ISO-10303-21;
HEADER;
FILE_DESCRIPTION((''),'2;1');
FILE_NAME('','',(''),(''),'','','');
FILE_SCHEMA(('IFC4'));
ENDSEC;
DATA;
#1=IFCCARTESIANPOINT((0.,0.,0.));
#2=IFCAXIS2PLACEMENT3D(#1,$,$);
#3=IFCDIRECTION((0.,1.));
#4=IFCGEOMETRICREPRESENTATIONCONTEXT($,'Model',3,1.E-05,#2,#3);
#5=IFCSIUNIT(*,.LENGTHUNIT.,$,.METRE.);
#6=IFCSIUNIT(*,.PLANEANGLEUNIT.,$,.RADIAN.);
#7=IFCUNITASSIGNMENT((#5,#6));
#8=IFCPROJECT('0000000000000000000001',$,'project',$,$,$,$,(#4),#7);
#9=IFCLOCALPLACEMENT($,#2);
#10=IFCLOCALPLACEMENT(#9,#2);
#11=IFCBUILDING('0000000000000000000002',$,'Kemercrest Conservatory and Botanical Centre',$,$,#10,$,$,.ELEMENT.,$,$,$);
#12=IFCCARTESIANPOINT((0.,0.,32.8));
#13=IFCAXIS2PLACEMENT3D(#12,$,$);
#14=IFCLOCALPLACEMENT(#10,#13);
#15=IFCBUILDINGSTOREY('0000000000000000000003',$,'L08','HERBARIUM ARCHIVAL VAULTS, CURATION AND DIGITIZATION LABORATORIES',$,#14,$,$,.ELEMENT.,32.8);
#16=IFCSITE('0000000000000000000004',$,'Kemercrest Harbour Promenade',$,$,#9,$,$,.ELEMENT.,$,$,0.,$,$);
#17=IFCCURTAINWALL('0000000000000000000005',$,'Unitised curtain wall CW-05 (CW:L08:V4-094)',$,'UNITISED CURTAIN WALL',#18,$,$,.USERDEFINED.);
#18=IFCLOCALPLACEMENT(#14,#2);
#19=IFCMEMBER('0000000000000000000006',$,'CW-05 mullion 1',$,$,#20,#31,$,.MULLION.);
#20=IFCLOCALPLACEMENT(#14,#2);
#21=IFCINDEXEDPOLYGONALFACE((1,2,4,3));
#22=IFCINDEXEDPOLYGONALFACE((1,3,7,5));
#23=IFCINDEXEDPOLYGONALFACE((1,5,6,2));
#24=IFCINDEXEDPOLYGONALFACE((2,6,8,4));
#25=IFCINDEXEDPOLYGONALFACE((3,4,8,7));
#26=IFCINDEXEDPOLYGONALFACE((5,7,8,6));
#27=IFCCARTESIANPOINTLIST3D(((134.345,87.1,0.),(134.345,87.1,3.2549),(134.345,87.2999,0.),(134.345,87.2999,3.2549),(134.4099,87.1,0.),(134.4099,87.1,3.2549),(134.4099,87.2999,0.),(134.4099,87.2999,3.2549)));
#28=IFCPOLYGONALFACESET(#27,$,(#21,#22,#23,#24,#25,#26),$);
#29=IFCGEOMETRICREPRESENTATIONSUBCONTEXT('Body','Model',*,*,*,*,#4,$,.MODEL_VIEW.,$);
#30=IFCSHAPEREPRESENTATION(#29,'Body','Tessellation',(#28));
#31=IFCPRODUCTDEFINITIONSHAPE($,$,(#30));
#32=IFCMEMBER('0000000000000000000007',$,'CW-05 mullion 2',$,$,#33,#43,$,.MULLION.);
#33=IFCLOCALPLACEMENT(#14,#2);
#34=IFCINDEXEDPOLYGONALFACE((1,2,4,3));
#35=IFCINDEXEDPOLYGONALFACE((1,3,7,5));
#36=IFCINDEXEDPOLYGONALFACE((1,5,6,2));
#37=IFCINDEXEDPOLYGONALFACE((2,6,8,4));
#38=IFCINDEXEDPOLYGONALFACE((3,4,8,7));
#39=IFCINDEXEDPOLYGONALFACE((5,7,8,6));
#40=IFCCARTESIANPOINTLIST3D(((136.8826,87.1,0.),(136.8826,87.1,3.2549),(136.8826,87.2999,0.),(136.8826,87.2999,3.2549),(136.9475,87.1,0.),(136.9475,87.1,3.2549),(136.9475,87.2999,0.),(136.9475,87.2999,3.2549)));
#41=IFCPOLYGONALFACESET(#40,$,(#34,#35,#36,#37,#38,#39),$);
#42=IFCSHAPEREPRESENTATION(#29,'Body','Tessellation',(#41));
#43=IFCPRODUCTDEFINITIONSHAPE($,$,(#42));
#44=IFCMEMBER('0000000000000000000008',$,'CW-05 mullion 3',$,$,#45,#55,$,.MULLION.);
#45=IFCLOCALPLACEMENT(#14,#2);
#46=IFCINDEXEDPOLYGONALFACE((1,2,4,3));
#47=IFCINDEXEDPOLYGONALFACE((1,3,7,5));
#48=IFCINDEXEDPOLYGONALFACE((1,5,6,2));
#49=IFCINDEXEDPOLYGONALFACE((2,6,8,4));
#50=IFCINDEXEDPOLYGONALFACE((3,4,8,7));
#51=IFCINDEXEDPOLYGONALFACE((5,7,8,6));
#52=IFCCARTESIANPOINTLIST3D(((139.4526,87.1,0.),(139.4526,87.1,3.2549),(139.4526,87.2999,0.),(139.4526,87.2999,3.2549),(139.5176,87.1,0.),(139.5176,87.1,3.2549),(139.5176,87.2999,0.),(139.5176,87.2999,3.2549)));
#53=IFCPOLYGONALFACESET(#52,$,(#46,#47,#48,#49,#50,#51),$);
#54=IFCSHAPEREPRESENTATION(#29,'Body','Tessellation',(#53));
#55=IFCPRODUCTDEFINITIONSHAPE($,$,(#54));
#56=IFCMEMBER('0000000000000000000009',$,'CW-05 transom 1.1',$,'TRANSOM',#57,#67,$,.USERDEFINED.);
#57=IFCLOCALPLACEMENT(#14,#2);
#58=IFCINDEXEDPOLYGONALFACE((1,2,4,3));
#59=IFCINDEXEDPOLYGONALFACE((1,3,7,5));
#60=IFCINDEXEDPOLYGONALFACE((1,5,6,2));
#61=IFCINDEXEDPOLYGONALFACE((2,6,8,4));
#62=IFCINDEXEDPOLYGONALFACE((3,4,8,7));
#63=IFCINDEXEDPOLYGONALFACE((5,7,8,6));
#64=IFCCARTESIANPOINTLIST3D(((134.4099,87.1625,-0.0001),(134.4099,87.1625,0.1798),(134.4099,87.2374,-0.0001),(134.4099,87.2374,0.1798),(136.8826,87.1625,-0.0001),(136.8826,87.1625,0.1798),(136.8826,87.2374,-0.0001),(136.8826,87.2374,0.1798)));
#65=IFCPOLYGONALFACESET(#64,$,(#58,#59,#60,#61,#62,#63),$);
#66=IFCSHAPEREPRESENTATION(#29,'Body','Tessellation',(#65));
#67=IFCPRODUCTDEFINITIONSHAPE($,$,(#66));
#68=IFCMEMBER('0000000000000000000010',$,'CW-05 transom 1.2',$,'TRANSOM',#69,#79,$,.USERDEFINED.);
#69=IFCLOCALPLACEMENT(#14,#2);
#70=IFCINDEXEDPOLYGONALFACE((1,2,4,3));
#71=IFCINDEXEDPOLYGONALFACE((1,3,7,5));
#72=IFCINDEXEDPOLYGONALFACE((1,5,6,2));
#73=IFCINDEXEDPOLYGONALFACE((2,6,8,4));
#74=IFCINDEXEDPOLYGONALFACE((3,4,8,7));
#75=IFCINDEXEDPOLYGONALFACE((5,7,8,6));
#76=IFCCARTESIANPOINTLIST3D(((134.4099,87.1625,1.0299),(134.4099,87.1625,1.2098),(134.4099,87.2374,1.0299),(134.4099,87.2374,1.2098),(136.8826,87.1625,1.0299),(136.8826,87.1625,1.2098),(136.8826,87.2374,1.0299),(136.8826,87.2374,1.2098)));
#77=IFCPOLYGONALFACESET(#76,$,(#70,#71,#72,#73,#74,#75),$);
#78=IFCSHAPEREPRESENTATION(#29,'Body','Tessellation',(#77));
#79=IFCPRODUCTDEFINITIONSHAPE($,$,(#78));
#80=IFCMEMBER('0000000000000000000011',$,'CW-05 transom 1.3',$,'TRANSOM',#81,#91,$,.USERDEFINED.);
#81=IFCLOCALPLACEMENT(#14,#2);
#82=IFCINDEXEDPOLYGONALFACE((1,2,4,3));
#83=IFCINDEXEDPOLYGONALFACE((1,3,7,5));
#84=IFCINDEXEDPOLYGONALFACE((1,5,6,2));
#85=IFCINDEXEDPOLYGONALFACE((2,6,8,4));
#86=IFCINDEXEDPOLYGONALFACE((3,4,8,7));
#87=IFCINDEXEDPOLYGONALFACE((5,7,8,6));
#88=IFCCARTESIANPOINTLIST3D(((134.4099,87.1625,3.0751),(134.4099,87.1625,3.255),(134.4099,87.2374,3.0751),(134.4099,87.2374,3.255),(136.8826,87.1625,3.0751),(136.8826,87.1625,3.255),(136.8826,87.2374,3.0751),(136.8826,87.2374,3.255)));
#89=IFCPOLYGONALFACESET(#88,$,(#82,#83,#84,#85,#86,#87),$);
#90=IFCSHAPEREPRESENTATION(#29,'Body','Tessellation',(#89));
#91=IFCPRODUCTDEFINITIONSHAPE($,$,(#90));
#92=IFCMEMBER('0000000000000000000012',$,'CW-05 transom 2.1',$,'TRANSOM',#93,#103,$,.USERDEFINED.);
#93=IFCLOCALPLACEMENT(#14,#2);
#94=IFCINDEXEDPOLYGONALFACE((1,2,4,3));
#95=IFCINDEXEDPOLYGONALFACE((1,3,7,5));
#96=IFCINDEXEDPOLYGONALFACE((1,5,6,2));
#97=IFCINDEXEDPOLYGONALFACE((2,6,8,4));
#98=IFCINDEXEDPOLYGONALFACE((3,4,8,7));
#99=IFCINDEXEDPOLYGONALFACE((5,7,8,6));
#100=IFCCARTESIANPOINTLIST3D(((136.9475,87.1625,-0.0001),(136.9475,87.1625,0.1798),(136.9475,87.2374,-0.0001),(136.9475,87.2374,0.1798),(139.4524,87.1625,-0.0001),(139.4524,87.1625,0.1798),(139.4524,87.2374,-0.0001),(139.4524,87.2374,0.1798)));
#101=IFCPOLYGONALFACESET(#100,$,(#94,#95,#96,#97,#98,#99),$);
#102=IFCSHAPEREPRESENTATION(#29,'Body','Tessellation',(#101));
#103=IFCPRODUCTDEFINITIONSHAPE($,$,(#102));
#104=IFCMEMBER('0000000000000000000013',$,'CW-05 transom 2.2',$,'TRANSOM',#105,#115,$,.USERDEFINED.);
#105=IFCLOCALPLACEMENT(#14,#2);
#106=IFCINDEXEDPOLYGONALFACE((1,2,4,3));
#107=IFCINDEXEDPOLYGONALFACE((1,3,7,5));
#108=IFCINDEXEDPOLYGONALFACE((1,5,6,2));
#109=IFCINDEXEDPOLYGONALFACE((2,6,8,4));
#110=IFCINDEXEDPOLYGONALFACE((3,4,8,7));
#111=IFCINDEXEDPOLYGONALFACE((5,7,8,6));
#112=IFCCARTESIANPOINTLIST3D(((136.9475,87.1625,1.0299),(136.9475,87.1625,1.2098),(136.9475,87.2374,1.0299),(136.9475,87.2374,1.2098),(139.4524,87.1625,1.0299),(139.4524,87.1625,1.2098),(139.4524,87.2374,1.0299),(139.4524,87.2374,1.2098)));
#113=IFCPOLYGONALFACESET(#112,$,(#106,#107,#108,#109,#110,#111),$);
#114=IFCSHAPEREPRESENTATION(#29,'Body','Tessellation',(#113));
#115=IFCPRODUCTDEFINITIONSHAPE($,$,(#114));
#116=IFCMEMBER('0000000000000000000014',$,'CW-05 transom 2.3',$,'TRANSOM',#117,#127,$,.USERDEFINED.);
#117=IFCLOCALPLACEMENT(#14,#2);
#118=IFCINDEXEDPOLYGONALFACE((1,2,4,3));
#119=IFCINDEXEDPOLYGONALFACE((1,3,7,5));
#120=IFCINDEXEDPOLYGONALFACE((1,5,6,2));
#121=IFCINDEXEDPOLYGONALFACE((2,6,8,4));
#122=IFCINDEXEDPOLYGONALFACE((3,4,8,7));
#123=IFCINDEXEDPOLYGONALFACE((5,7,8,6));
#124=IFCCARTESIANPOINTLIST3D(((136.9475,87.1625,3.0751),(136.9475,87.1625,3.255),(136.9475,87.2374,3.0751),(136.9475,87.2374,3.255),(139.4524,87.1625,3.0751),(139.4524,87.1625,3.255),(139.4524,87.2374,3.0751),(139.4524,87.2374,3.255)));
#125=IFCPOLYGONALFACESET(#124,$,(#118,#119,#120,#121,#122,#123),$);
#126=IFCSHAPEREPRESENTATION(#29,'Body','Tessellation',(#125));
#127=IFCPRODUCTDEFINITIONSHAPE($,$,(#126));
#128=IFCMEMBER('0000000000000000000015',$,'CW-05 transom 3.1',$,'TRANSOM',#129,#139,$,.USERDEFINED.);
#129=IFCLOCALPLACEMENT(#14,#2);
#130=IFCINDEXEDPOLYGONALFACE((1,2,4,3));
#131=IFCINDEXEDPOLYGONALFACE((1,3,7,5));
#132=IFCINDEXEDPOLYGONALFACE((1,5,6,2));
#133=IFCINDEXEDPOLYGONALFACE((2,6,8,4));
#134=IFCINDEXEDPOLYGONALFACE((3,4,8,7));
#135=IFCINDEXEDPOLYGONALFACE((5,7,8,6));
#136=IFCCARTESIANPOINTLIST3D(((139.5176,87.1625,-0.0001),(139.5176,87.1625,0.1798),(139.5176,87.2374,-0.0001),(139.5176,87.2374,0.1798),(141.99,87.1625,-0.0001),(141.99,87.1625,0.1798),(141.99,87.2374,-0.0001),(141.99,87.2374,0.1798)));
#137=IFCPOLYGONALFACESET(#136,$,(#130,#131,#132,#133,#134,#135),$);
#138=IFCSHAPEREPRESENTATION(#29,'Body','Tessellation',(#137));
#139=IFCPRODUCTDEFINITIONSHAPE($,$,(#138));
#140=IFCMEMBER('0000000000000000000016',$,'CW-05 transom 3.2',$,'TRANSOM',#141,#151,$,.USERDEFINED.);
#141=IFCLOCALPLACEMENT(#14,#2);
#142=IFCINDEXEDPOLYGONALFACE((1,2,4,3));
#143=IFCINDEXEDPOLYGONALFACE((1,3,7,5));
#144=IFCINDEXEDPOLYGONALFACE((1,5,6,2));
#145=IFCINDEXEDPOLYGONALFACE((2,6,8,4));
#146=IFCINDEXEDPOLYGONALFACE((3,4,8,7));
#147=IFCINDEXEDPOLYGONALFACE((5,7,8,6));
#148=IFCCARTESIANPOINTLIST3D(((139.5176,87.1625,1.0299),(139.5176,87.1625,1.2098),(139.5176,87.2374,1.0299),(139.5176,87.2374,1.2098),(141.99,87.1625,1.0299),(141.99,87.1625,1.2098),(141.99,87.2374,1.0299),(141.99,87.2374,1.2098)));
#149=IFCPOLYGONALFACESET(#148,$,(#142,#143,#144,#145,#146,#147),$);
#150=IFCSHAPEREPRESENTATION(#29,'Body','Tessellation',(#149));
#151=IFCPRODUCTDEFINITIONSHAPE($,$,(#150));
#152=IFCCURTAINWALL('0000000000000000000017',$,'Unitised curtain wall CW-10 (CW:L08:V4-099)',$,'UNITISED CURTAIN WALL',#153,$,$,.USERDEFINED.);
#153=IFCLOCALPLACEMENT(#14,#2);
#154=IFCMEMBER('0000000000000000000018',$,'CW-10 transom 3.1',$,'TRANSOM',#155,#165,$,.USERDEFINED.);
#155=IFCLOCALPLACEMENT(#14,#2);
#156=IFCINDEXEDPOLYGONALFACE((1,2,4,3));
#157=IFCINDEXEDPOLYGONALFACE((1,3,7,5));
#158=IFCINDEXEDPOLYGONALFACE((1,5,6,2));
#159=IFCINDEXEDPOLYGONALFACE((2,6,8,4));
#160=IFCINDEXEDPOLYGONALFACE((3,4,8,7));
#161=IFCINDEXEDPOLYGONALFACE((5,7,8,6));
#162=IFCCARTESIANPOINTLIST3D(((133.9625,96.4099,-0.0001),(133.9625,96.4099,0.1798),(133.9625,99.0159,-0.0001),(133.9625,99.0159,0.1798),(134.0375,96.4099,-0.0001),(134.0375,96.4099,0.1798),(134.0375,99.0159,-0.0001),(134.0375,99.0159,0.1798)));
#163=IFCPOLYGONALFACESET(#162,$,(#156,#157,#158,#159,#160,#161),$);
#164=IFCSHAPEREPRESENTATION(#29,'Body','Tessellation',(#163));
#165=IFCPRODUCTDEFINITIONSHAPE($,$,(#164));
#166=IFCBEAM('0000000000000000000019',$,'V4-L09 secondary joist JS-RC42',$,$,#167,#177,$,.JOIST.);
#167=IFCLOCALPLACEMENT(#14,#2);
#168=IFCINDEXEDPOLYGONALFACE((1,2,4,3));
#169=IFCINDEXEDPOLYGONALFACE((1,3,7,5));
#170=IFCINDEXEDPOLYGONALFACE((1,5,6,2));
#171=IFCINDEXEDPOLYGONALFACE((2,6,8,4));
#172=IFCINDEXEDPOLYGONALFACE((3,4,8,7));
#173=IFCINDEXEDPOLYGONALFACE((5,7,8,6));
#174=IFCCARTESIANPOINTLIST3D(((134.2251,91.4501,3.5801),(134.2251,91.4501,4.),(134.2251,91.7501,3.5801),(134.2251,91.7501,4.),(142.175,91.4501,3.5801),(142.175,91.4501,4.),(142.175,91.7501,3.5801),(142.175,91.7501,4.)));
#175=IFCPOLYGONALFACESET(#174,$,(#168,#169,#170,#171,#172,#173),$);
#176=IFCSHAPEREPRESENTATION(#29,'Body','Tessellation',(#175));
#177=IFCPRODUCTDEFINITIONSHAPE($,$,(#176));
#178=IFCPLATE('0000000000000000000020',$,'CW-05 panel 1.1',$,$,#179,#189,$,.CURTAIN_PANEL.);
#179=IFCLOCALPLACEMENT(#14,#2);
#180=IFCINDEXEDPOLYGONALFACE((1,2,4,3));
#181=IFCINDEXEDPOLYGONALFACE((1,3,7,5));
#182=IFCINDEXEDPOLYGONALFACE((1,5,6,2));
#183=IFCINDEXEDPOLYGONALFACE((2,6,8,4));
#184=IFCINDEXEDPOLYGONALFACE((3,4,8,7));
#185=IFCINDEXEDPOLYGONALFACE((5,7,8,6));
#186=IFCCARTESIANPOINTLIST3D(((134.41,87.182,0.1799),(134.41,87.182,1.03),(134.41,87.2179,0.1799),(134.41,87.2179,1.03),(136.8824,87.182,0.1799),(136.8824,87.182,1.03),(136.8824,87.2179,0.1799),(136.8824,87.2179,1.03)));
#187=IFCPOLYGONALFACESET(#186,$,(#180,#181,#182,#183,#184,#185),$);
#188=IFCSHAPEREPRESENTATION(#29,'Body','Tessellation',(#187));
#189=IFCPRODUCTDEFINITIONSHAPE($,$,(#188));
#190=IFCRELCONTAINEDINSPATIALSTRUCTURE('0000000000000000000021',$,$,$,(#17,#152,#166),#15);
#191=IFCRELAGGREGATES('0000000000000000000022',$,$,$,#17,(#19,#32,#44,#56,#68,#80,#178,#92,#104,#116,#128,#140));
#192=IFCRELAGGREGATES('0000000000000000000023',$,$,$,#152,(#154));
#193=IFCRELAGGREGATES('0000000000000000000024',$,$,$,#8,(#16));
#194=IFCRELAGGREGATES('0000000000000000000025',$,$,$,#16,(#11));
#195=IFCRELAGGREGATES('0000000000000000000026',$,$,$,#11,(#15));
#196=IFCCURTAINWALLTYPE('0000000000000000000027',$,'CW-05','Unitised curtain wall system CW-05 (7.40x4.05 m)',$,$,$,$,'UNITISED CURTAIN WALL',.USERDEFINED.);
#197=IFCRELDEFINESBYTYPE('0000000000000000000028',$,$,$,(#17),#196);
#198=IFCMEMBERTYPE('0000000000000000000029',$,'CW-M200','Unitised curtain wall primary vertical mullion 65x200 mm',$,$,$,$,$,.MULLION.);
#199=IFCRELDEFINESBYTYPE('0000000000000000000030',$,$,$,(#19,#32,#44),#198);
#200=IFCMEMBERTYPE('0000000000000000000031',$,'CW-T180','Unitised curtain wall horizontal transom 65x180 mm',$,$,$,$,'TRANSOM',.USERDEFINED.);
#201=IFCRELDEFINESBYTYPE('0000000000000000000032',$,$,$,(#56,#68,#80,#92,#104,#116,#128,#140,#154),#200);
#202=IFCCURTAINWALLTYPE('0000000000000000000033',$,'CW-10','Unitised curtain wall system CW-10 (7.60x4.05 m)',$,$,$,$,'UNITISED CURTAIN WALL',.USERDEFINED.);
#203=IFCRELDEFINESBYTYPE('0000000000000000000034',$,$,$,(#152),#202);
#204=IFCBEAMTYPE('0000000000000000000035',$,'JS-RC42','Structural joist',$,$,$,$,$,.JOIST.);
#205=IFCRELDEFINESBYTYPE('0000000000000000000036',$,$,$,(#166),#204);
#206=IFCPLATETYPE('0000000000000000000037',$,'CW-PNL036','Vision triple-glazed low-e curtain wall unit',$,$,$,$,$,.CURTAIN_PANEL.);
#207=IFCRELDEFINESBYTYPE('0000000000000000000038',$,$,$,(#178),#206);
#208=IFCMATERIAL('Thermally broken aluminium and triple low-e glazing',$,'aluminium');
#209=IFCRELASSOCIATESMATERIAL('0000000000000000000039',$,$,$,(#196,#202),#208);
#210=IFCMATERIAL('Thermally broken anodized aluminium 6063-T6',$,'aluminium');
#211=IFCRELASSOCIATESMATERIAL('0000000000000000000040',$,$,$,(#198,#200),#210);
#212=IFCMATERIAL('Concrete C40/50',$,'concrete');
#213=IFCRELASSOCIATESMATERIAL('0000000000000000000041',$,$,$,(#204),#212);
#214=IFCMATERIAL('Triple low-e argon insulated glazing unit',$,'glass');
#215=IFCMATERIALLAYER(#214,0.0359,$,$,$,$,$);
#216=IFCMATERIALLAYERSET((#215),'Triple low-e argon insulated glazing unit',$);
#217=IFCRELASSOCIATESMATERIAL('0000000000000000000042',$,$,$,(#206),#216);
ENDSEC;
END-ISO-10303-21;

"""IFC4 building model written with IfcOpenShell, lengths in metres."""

from ifc_helpers import new_model, si_unit, direction, frame, origin, origin_2d, place, context, subcontext, project, spatial, rectangle, extrude, material, layer, layer_set, material_profile, profile_set, type_object, element, aggregate, save


model = new_model("IFC4")

# Units and contexts
model_context = context("Model", 3, precision=1e-05, world=origin(), true_north=direction((0.0, 1.0)))
body_context = subcontext(model_context, "Body", "Model", "MODEL_VIEW")
ifc_project = project(units=[si_unit("LENGTHUNIT", "METRE"), si_unit("PLANEANGLEUNIT", "RADIAN")], contexts=[model_context])

# Site, building, storey
site_placement = place(None, origin())
site = spatial("IfcSite", under=ifc_project, at=site_placement, Name="Kemercrest Harbour Promenade", CompositionType="ELEMENT", RefElevation=0.0)
building_placement = place(site_placement, origin())
building = spatial("IfcBuilding", under=site, at=building_placement, Name="Kemercrest Conservatory and Botanical Centre", CompositionType="ELEMENT")
storey_placement = place(building_placement, frame((0.0, 0.0, 32.8)))
storey = spatial("IfcBuildingStorey", under=building, at=storey_placement, Name="L08", Description="HERBARIUM ARCHIVAL VAULTS, CURATION AND DIGITIZATION LABORATORIES", CompositionType="ELEMENT", Elevation=32.8)

# Curtain wall, members
ifc_material_1 = material(Name="Thermally broken aluminium and triple low-e glazing", Category="aluminium")
curtain_wall_type_1 = type_object("IfcCurtainWallType", Name="CW-05", Description="Unitised curtain wall system CW-05 (7.40x4.05 m)", ElementType="UNITISED CURTAIN WALL", PredefinedType="USERDEFINED", material=ifc_material_1)
curtain_wall_1_placement = place(storey_placement, origin())
curtain_wall_1 = element("IfcCurtainWall", 1, at=curtain_wall_1_placement, inside=storey, type_object=curtain_wall_type_1, Name="Unitised curtain wall CW-05 (CW:L08:V4-094)", ObjectType="UNITISED CURTAIN WALL", PredefinedType="USERDEFINED")
ifc_material_2 = material(Name="Thermally broken anodized aluminium 6063-T6", Category="aluminium")
ifc_material_profile_1 = material_profile(ifc_material_2, rectangle(XDim=0.2, YDim=0.0649, at=origin_2d()), Name="AL MULLION 65x200")
ifc_profile_set_1 = profile_set([ifc_material_profile_1], Name="Thermally broken anodized aluminium 6063-T6")
member_type_1 = type_object("IfcMemberType", Name="CW-M200", Description="Unitised curtain wall primary vertical mullion 65x200 mm", PredefinedType="MULLION", material=ifc_profile_set_1)
member_1_placement = place(storey_placement, frame((134.3774, 87.2, 0.0), z_axis=(0.0, 0.0, 1.0), x_axis=(0.0, 1.0, 0.0)))
member_1 = element("IfcMember", 2, at=member_1_placement, type_object=member_type_1, Name="CW-05 mullion 1", PredefinedType="MULLION", context=body_context, shape_type="SweptSolid", body=[
    extrude(rectangle(XDim=0.2, YDim=0.0649, at=origin_2d()), origin(), (0.0, 0.0, 1.0), 3.2549),
])
member_2_placement = place(storey_placement, frame((136.915, 87.2, 0.0), z_axis=(0.0, 0.0, 1.0), x_axis=(0.0, 1.0, 0.0)))
member_2 = element("IfcMember", 3, at=member_2_placement, type_object=member_type_1, Name="CW-05 mullion 2", PredefinedType="MULLION", context=body_context, shape_type="SweptSolid", body=[
    extrude(rectangle(XDim=0.2, YDim=0.0649, at=origin_2d()), origin(), (0.0, 0.0, 1.0), 3.2549),
])
member_3_placement = place(storey_placement, frame((139.4851, 87.2, 0.0), z_axis=(0.0, 0.0, 1.0), x_axis=(0.0, 1.0, 0.0)))
member_3 = element("IfcMember", 4, at=member_3_placement, type_object=member_type_1, Name="CW-05 mullion 3", PredefinedType="MULLION", context=body_context, shape_type="SweptSolid", body=[
    extrude(rectangle(XDim=0.2, YDim=0.0649, at=origin_2d()), origin(), (0.0, 0.0, 1.0), 3.2549),
])
ifc_material_profile_2 = material_profile(ifc_material_2, rectangle(XDim=0.075, YDim=0.1799, at=origin_2d()), Name="AL TRANSOM 75x180")
ifc_profile_set_2 = profile_set([ifc_material_profile_2], Name="Thermally broken anodized aluminium 6063-T6")
member_type_2 = type_object("IfcMemberType", Name="CW-T180", Description="Unitised curtain wall horizontal transom 65x180 mm", ElementType="TRANSOM", PredefinedType="USERDEFINED", material=ifc_profile_set_2)
member_4_placement = place(storey_placement, frame((134.4099, 87.2, 0.0898), z_axis=(1.0, 0.0, 0.0), x_axis=(0.0, 1.0, 0.0)))
member_4 = element("IfcMember", 5, at=member_4_placement, type_object=member_type_2, Name="CW-05 transom 1.1", ObjectType="TRANSOM", PredefinedType="USERDEFINED", context=body_context, shape_type="SweptSolid", body=[
    extrude(rectangle(XDim=0.075, YDim=0.1799, at=origin_2d()), origin(), (0.0, 0.0, 1.0), 2.4727),
])
member_5_placement = place(storey_placement, frame((134.4099, 87.2, 1.1199), z_axis=(1.0, 0.0, 0.0), x_axis=(0.0, 1.0, 0.0)))
member_5 = element("IfcMember", 6, at=member_5_placement, type_object=member_type_2, Name="CW-05 transom 1.2", ObjectType="TRANSOM", PredefinedType="USERDEFINED", context=body_context, shape_type="SweptSolid", body=[
    extrude(rectangle(XDim=0.075, YDim=0.1799, at=origin_2d()), origin(), (0.0, 0.0, 1.0), 2.4727),
])
member_6_placement = place(storey_placement, frame((134.4099, 87.2, 3.165), z_axis=(1.0, 0.0, 0.0), x_axis=(0.0, 1.0, 0.0)))
member_6 = element("IfcMember", 7, at=member_6_placement, type_object=member_type_2, Name="CW-05 transom 1.3", ObjectType="TRANSOM", PredefinedType="USERDEFINED", context=body_context, shape_type="SweptSolid", body=[
    extrude(rectangle(XDim=0.075, YDim=0.1799, at=origin_2d()), origin(), (0.0, 0.0, 1.0), 2.4727),
])
member_7_placement = place(storey_placement, frame((136.9475, 87.2, 0.0898), z_axis=(1.0, 0.0, 0.0), x_axis=(0.0, 1.0, 0.0)))
member_7 = element("IfcMember", 8, at=member_7_placement, type_object=member_type_2, Name="CW-05 transom 2.1", ObjectType="TRANSOM", PredefinedType="USERDEFINED", context=body_context, shape_type="SweptSolid", body=[
    extrude(rectangle(XDim=0.075, YDim=0.1799, at=origin_2d()), origin(), (0.0, 0.0, 1.0), 2.5049),
])
member_8_placement = place(storey_placement, frame((136.9475, 87.2, 1.1199), z_axis=(1.0, 0.0, 0.0), x_axis=(0.0, 1.0, 0.0)))
member_8 = element("IfcMember", 9, at=member_8_placement, type_object=member_type_2, Name="CW-05 transom 2.2", ObjectType="TRANSOM", PredefinedType="USERDEFINED", context=body_context, shape_type="SweptSolid", body=[
    extrude(rectangle(XDim=0.075, YDim=0.1799, at=origin_2d()), origin(), (0.0, 0.0, 1.0), 2.5049),
])
member_9_placement = place(storey_placement, frame((136.9475, 87.2, 3.165), z_axis=(1.0, 0.0, 0.0), x_axis=(0.0, 1.0, 0.0)))
member_9 = element("IfcMember", 10, at=member_9_placement, type_object=member_type_2, Name="CW-05 transom 2.3", ObjectType="TRANSOM", PredefinedType="USERDEFINED", context=body_context, shape_type="SweptSolid", body=[
    extrude(rectangle(XDim=0.075, YDim=0.1799, at=origin_2d()), origin(), (0.0, 0.0, 1.0), 2.5049),
])
member_10_placement = place(storey_placement, frame((139.5176, 87.2, 0.0898), z_axis=(1.0, 0.0, 0.0), x_axis=(0.0, 1.0, 0.0)))
member_10 = element("IfcMember", 11, at=member_10_placement, type_object=member_type_2, Name="CW-05 transom 3.1", ObjectType="TRANSOM", PredefinedType="USERDEFINED", context=body_context, shape_type="SweptSolid", body=[
    extrude(rectangle(XDim=0.075, YDim=0.1799, at=origin_2d()), origin(), (0.0, 0.0, 1.0), 2.4724),
])
member_11_placement = place(storey_placement, frame((139.5176, 87.2, 1.1199), z_axis=(1.0, 0.0, 0.0), x_axis=(0.0, 1.0, 0.0)))
member_11 = element("IfcMember", 12, at=member_11_placement, type_object=member_type_2, Name="CW-05 transom 3.2", ObjectType="TRANSOM", PredefinedType="USERDEFINED", context=body_context, shape_type="SweptSolid", body=[
    extrude(rectangle(XDim=0.075, YDim=0.1799, at=origin_2d()), origin(), (0.0, 0.0, 1.0), 2.4724),
])

# Curtain wall, member
curtain_wall_type_2 = type_object("IfcCurtainWallType", Name="CW-10", Description="Unitised curtain wall system CW-10 (7.60x4.05 m)", ElementType="UNITISED CURTAIN WALL", PredefinedType="USERDEFINED", material=ifc_material_1)
curtain_wall_2_placement = place(storey_placement, origin())
curtain_wall_2 = element("IfcCurtainWall", 13, at=curtain_wall_2_placement, inside=storey, type_object=curtain_wall_type_2, Name="Unitised curtain wall CW-10 (CW:L08:V4-099)", ObjectType="UNITISED CURTAIN WALL", PredefinedType="USERDEFINED")
member_12_placement = place(storey_placement, frame((134.0, 99.0159, 0.0898), z_axis=(0.0, -1.0, 0.0), x_axis=(1.0, 0.0, 0.0)))
member_12 = element("IfcMember", 14, at=member_12_placement, type_object=member_type_2, Name="CW-10 transom 3.1", ObjectType="TRANSOM", PredefinedType="USERDEFINED", context=body_context, shape_type="SweptSolid", body=[
    extrude(rectangle(XDim=0.075, YDim=0.1799, at=origin_2d()), origin(), (0.0, 0.0, 1.0), 2.606),
])

# Beam
ifc_material_3 = material(Name="Concrete C40/50", Category="concrete")
ifc_material_profile_3 = material_profile(ifc_material_3, rectangle(XDim=0.3, YDim=0.4199, at=origin_2d()), Name="RC 300x420")
ifc_profile_set_3 = profile_set([ifc_material_profile_3], Name="Concrete C40/50")
beam_type = type_object("IfcBeamType", Name="JS-RC42", Description="Structural joist", PredefinedType="JOIST", material=ifc_profile_set_3)
beam_placement = place(storey_placement, frame((134.2251, 91.6001, 3.79), z_axis=(1.0, 0.0, 0.0), x_axis=(0.0, 1.0, 0.0)))
element("IfcBeam", 15, at=beam_placement, inside=storey, type_object=beam_type, Name="V4-L09 secondary joist JS-RC42", PredefinedType="JOIST", context=body_context, shape_type="SweptSolid", body=[
    extrude(rectangle(XDim=0.3, YDim=0.4199, at=origin_2d()), origin(), (0.0, 0.0, 1.0), 7.95),
])

# Plate
ifc_material_4 = material(Name="Triple low-e argon insulated glazing unit", Category="glass")
ifc_layer_1 = layer(ifc_material_4, 0.0359)
ifc_layer_set_1 = layer_set([ifc_layer_1], Name="Triple low-e argon insulated glazing unit")
plate_type = type_object("IfcPlateType", Name="CW-PNL036", Description="Vision triple-glazed low-e curtain wall unit", PredefinedType="CURTAIN_PANEL", material=ifc_layer_set_1)
plate_1_placement = place(storey_placement, frame((135.6462, 87.2, 0.1799), z_axis=(0.0, 0.0, 1.0), x_axis=(1.0, 0.0, 0.0)))
plate_1 = element("IfcPlate", 16, at=plate_1_placement, type_object=plate_type, Name="CW-05 panel 1.1", PredefinedType="CURTAIN_PANEL", context=body_context, shape_type="SweptSolid", body=[
    extrude(rectangle(XDim=2.4724, YDim=0.0359, at=origin_2d()), origin(), (0.0, 0.0, 1.0), 0.8501),
])
aggregate(curtain_wall_1, [member_1, member_2, member_3, member_4, member_5, member_6, plate_1, member_7, member_8, member_9, member_10, member_11])
aggregate(curtain_wall_2, [member_12])

save(model, "model.ifc")
